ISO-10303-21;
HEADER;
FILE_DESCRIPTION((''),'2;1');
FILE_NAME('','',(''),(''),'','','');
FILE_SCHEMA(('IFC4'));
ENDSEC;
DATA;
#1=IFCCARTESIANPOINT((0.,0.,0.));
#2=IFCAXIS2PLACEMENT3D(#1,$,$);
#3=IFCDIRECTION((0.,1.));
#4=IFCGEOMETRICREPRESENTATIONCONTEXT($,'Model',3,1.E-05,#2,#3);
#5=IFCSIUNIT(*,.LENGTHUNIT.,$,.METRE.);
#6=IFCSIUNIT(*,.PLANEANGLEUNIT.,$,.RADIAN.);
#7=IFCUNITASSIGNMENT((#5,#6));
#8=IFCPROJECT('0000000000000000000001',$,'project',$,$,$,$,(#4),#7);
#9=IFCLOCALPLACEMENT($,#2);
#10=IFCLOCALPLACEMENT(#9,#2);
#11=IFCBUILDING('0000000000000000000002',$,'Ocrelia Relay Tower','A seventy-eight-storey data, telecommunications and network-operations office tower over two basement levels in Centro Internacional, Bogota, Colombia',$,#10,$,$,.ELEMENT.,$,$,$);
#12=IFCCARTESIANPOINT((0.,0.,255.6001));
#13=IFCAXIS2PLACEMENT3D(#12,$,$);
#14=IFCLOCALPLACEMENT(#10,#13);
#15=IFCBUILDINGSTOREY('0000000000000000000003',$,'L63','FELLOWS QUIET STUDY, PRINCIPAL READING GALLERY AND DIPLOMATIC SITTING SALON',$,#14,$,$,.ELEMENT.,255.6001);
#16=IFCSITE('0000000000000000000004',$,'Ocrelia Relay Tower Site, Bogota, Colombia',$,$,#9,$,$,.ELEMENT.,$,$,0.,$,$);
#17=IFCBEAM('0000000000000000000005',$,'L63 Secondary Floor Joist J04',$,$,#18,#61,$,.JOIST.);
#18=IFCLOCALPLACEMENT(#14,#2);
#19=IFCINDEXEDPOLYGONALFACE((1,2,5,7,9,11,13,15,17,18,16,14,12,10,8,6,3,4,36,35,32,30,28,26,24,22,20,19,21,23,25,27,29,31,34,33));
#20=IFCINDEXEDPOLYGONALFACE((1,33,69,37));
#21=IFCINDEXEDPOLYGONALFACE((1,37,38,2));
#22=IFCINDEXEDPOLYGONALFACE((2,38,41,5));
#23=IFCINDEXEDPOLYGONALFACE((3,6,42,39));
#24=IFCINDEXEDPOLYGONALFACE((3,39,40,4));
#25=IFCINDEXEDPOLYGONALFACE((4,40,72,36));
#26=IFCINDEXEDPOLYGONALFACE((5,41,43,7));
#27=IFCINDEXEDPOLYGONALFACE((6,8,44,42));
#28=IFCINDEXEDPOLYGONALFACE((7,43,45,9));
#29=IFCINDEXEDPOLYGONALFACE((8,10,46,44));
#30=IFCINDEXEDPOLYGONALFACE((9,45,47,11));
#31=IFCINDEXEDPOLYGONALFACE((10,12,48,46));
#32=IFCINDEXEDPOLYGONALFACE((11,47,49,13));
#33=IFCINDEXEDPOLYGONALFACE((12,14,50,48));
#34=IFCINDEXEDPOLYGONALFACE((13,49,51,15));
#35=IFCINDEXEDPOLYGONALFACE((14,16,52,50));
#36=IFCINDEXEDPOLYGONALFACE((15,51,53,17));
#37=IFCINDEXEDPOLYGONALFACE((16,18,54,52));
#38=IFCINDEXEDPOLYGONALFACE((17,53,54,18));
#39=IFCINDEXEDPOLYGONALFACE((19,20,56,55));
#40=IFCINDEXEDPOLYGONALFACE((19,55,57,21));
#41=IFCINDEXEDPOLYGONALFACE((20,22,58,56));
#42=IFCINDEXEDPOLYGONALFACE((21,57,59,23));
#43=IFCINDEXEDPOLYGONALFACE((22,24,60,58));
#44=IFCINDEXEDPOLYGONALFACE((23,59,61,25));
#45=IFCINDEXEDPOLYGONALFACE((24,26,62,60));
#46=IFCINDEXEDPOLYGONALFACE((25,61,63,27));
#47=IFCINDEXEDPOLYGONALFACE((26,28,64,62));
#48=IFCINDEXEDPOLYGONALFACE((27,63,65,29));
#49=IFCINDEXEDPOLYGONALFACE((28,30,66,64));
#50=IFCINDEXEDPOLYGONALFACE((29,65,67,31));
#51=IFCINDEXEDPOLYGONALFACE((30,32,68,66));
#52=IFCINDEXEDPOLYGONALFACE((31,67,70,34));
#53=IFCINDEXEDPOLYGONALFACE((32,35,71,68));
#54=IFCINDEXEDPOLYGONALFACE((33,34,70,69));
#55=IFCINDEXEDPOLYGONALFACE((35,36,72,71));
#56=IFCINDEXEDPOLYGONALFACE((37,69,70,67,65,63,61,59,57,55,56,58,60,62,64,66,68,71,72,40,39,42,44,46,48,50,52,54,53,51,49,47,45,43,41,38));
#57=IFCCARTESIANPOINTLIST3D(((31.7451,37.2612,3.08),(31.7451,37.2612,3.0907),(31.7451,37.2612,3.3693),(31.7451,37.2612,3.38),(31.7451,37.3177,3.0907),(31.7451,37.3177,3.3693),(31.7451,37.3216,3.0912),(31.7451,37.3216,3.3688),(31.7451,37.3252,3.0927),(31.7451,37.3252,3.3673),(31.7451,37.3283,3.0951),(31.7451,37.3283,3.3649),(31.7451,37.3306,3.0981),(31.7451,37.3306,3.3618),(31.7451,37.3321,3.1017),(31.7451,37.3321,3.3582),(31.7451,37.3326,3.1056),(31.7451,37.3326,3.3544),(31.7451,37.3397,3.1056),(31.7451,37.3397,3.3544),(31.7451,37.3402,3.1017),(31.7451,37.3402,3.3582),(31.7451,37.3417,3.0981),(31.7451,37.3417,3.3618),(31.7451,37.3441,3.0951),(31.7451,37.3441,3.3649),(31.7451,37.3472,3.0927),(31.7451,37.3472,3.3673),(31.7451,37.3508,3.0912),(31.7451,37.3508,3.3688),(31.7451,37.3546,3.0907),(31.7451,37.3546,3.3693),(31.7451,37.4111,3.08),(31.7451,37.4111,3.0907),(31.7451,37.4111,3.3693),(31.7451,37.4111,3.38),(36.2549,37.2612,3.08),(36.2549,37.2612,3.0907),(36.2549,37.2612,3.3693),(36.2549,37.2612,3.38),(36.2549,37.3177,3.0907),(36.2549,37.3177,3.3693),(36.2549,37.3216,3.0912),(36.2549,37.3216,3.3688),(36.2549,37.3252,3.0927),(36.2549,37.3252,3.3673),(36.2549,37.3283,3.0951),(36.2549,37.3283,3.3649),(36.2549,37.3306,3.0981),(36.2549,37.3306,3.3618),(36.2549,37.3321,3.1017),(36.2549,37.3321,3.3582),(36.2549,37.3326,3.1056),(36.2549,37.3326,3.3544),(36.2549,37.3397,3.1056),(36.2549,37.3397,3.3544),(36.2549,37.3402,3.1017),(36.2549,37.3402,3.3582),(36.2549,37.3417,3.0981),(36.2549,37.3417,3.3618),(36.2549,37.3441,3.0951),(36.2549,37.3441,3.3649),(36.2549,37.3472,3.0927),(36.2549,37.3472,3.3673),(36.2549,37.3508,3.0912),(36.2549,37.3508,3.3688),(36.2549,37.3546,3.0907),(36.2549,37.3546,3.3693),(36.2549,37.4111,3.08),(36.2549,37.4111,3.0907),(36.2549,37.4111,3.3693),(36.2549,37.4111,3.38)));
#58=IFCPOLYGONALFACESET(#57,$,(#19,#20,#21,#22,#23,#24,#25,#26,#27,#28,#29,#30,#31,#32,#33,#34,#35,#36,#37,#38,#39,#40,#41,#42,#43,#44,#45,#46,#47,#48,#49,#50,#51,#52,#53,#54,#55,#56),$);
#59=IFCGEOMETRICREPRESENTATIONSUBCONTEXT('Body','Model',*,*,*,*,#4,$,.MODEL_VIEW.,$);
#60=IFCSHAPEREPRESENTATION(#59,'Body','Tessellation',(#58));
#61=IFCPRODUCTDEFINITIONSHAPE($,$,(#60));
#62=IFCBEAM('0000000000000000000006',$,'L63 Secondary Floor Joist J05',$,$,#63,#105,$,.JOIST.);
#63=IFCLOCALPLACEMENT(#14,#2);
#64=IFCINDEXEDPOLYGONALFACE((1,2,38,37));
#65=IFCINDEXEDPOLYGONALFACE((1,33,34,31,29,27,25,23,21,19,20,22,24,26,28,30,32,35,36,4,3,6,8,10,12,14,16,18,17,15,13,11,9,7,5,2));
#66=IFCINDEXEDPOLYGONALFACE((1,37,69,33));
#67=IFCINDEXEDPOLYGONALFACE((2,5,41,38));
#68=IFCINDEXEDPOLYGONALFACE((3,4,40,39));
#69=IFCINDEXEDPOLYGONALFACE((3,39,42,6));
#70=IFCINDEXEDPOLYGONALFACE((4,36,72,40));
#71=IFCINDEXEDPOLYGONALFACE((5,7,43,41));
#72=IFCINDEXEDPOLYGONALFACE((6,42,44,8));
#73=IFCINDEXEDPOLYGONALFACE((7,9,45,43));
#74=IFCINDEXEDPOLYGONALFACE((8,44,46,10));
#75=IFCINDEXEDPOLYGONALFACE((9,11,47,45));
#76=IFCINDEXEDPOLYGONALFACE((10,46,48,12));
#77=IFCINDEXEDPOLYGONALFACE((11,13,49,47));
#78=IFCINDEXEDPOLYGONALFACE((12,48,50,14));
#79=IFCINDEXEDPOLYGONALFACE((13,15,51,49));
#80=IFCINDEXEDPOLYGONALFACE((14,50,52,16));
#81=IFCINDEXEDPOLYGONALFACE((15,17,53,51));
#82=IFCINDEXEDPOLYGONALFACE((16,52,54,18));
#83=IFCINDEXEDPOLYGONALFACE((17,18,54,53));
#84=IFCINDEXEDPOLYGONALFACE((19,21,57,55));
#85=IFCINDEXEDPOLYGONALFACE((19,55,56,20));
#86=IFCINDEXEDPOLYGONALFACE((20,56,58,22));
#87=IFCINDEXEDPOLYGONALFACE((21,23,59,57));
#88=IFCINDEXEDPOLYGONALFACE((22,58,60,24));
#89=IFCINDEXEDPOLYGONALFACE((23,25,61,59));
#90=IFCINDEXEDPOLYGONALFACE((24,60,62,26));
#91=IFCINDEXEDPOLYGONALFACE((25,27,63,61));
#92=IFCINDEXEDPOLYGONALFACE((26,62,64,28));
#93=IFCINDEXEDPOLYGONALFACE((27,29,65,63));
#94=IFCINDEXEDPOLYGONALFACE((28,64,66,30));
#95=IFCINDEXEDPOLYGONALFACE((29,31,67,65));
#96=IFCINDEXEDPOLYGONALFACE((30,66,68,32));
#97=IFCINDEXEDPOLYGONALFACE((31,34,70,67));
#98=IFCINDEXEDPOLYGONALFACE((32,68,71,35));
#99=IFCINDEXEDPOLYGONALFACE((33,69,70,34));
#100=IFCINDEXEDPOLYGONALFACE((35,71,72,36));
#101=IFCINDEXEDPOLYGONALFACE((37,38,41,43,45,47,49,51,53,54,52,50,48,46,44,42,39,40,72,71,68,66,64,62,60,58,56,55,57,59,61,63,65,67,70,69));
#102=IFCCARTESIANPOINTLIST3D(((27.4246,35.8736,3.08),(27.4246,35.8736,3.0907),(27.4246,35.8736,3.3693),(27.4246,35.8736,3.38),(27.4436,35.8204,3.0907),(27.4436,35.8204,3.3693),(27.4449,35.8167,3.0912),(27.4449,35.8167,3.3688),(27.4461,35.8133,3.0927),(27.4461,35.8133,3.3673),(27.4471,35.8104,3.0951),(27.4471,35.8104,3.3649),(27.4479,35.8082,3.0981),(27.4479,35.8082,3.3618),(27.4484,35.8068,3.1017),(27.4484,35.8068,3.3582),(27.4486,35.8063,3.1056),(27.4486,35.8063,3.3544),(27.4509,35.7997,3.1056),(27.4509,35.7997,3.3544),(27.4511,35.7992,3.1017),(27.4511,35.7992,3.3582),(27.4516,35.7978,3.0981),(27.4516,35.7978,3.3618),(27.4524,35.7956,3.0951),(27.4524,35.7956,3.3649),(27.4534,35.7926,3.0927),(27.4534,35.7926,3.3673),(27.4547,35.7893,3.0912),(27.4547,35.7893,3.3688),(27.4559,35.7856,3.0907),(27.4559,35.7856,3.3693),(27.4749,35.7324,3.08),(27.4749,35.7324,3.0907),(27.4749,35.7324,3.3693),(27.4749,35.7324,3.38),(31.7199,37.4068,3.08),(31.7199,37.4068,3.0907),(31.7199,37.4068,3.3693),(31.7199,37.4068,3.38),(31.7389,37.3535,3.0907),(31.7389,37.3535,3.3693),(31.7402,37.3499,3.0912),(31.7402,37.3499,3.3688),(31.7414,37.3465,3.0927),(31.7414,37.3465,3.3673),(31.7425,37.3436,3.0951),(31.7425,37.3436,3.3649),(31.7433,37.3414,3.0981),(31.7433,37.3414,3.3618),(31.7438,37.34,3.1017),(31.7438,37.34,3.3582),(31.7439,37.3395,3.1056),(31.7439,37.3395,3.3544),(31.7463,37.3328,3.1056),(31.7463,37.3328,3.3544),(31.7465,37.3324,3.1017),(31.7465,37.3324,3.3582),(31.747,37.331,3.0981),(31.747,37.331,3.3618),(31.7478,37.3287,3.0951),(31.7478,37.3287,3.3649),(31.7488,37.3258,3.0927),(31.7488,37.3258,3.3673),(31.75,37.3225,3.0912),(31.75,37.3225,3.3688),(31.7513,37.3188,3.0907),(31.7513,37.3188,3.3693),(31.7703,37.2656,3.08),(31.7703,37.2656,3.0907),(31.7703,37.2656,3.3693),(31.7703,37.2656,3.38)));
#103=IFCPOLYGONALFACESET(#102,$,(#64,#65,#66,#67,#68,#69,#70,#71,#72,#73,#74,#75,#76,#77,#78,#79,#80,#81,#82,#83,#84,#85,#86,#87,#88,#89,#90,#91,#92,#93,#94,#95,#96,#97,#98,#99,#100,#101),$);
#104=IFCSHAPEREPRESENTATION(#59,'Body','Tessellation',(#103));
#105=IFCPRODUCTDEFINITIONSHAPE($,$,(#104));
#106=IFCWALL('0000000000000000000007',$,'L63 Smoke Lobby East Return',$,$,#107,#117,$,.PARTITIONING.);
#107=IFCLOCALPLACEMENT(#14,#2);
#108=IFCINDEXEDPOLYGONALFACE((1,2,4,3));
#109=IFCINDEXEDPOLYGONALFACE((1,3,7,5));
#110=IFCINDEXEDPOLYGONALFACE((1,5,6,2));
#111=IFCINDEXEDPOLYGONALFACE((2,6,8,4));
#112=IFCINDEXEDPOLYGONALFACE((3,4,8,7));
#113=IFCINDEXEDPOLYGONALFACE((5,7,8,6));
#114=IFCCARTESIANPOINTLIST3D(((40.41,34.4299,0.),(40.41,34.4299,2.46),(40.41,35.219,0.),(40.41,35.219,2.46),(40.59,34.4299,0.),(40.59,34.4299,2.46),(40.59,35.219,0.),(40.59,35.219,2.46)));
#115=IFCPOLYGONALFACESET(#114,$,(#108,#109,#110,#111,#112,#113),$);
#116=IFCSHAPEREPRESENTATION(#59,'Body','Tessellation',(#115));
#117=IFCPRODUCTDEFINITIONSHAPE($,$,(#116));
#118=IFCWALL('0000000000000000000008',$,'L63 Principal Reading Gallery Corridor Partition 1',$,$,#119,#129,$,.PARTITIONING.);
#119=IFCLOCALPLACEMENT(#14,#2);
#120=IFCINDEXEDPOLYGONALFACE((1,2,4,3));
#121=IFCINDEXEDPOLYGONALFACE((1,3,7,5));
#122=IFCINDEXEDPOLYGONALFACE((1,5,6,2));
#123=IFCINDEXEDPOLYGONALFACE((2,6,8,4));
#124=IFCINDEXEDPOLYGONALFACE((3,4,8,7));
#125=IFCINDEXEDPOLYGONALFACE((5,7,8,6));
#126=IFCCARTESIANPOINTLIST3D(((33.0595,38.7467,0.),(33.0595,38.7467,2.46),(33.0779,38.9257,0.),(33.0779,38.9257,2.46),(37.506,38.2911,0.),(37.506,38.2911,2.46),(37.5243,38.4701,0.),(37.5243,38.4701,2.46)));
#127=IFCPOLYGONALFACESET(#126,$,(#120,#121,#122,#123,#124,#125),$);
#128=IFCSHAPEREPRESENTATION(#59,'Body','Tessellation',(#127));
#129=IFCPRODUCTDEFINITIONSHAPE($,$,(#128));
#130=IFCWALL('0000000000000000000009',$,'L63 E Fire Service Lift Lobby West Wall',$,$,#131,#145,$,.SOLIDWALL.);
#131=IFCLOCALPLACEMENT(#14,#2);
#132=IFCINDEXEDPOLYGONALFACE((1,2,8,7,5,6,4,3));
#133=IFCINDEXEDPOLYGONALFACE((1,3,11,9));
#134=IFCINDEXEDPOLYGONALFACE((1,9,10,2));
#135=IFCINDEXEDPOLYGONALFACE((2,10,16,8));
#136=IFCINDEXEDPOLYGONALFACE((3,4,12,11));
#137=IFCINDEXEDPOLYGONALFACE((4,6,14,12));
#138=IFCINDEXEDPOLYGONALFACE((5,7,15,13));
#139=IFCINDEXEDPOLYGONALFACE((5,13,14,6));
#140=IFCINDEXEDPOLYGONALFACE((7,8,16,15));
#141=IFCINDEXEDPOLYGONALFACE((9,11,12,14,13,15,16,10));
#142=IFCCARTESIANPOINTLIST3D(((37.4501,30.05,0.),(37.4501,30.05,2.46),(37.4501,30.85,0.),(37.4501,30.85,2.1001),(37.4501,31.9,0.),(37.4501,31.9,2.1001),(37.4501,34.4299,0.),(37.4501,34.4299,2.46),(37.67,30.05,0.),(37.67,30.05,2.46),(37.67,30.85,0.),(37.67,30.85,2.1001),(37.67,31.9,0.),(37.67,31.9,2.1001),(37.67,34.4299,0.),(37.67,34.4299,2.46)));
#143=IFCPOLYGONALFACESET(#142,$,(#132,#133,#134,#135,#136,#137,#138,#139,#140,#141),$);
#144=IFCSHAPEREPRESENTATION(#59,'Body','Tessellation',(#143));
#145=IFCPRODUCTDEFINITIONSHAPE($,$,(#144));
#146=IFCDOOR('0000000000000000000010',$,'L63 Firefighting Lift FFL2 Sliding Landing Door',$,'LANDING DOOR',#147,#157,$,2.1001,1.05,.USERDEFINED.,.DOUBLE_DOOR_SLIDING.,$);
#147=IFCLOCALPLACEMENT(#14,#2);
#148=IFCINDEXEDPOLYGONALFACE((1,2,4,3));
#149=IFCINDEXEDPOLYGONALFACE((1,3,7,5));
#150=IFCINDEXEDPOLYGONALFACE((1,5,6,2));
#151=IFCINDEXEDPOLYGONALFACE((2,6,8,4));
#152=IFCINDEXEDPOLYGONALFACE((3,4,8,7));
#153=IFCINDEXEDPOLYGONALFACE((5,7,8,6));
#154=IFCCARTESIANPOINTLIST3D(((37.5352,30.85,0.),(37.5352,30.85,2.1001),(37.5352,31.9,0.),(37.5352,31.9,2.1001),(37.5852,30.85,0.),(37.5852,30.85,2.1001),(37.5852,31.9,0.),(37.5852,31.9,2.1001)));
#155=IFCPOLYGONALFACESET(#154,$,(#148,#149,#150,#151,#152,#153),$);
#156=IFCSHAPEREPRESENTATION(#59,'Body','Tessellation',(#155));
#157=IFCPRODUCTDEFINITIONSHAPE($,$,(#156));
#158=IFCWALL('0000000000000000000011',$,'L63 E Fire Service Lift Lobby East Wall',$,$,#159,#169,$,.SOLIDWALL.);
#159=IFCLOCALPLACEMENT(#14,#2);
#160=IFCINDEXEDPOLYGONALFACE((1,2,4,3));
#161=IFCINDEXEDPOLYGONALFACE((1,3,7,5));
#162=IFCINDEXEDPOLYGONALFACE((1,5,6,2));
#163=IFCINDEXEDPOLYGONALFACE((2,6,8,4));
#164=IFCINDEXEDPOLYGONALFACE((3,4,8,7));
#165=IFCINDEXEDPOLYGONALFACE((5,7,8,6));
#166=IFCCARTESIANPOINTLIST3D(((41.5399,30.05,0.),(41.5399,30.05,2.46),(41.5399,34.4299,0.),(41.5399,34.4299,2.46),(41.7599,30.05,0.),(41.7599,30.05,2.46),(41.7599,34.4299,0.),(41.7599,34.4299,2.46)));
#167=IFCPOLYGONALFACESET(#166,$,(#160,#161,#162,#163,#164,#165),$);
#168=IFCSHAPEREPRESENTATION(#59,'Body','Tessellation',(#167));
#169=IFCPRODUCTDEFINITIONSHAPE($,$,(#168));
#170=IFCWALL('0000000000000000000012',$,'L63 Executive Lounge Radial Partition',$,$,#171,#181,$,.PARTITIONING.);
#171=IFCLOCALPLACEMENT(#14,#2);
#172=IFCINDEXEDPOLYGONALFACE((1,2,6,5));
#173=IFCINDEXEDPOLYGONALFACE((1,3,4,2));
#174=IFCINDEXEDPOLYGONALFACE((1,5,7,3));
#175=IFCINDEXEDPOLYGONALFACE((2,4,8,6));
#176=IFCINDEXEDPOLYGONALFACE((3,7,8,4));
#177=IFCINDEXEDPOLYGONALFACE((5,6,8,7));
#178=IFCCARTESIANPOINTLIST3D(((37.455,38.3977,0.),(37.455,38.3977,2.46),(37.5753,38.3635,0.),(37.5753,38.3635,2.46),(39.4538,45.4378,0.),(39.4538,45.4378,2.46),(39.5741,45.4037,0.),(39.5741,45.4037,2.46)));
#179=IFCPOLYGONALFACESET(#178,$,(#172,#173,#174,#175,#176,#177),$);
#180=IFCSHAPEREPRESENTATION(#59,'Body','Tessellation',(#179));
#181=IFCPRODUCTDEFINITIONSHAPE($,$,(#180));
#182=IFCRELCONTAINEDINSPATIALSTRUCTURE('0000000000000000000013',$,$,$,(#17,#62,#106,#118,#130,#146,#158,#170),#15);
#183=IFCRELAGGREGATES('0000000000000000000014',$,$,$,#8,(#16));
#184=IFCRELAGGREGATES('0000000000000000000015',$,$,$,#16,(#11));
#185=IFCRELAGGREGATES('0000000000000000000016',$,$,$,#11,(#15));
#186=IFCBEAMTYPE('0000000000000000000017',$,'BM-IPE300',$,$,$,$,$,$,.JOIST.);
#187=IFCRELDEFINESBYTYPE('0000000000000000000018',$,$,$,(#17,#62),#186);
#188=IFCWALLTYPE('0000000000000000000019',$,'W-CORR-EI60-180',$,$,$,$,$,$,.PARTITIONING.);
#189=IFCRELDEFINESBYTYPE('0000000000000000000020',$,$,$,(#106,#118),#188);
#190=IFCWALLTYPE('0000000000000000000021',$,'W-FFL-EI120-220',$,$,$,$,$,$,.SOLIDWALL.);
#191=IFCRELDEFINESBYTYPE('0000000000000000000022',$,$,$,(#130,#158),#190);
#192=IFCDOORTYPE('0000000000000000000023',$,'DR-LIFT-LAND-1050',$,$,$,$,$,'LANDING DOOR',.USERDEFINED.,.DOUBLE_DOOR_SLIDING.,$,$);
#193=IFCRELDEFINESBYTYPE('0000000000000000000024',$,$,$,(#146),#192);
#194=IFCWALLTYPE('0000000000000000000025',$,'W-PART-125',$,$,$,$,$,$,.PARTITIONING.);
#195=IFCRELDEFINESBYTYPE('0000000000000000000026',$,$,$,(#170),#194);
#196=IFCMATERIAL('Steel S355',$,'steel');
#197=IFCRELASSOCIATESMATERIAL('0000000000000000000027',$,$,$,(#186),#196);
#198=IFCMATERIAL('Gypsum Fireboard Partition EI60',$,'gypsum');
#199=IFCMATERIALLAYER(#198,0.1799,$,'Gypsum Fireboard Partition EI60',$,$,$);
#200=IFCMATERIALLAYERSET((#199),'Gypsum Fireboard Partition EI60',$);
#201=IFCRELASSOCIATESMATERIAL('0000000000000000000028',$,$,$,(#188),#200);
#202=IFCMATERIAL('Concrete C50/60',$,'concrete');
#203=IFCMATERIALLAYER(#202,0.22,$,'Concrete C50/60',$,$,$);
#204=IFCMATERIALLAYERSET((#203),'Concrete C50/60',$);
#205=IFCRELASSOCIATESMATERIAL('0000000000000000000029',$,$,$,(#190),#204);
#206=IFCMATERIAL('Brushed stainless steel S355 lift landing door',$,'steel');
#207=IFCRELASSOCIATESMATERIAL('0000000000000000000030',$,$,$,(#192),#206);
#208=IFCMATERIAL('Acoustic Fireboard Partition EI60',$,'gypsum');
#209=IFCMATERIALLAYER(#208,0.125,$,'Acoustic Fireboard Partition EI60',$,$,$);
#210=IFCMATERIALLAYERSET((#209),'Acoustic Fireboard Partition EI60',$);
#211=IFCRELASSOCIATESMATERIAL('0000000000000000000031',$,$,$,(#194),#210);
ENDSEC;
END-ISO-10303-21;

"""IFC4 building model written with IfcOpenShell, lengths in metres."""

from ifc_helpers import new_model, si_unit, direction, frame, frame_2d, origin, origin_2d, place, context, subcontext, project, spatial, rectangle, i_section, extrude, material, layer, layer_set, material_profile, profile_set, type_object, element, fill, save


model = new_model("IFC4")

# Units and contexts
model_context = context("Model", 3, precision=1e-05, world=origin(), true_north=direction((0.0, 1.0)))
body_context = subcontext(model_context, "Body", "Model", "MODEL_VIEW")
ifc_project = project(units=[si_unit("LENGTHUNIT", "METRE"), si_unit("PLANEANGLEUNIT", "RADIAN")], contexts=[model_context])

# Site, building, storey
site_placement = place(None, origin())
site = spatial("IfcSite", under=ifc_project, at=site_placement, Name="Ocrelia Relay Tower Site, Bogota, Colombia", CompositionType="ELEMENT", RefElevation=0.0)
building_placement = place(site_placement, origin())
building = spatial("IfcBuilding", under=site, at=building_placement, Name="Ocrelia Relay Tower", Description="A seventy-eight-storey data, telecommunications and network-operations office tower over two basement levels in Centro Internacional, Bogota, Colombia", CompositionType="ELEMENT")
storey_placement = place(building_placement, frame((0.0, 0.0, 255.6001)))
storey = spatial("IfcBuildingStorey", under=building, at=storey_placement, Name="L63", Description="FELLOWS QUIET STUDY, PRINCIPAL READING GALLERY AND DIPLOMATIC SITTING SALON", CompositionType="ELEMENT", Elevation=255.6001)

# Shared definitions
ifc_material_1 = material(Name="Concrete C50/60", Category="concrete")

# Beams
ifc_material_2 = material(Name="Steel S355", Category="steel")
ifc_material_profile_1 = material_profile(ifc_material_2, i_section(OverallWidth=0.1499, OverallDepth=0.3, WebThickness=0.0071, FlangeThickness=0.0107, FilletRadius=0.0149, at=origin_2d()), Name="IPE 300")
ifc_profile_set_1 = profile_set([ifc_material_profile_1], Name="Steel S355")
beam_type_1 = type_object("IfcBeamType", Name="BM-IPE300", PredefinedType="JOIST", material=ifc_profile_set_1)
beam_1_placement = place(storey_placement, frame((36.2549, 37.3362, 3.23), z_axis=(-1.0, 0.0, 0.0), x_axis=(0.0, -1.0, 0.0)))
element("IfcBeam", 1, at=beam_1_placement, inside=storey, type_object=beam_type_1, Name="L63 Secondary Floor Joist J04", PredefinedType="JOIST", context=body_context, shape_type="SweptSolid", body=[
    extrude(i_section(OverallWidth=0.1499, OverallDepth=0.3, WebThickness=0.0071, FlangeThickness=0.0107, FilletRadius=0.0149, at=origin_2d()), origin(), (0.0, 0.0, 1.0), 4.5098),
])
beam_2_placement = place(storey_placement, frame((31.7451, 37.3362, 3.23), z_axis=(-0.941802, -0.336167, 0.0), x_axis=(0.336167, -0.941802, 0.0)))
element("IfcBeam", 2, at=beam_2_placement, inside=storey, type_object=beam_type_1, Name="L63 Secondary Floor Joist J05", PredefinedType="JOIST", context=body_context, shape_type="SweptSolid", body=[
    extrude(i_section(OverallWidth=0.1499, OverallDepth=0.3, WebThickness=0.0071, FlangeThickness=0.0107, FilletRadius=0.0149, at=origin_2d()), origin(), (0.0, 0.0, 1.0), 4.5608),
])

# Wall
ifc_material_3 = material(Name="Gypsum Fireboard Partition EI60", Category="gypsum")
ifc_layer_1 = layer(ifc_material_3, 0.1799, Name="Gypsum Fireboard Partition EI60")
ifc_layer_set_1 = layer_set([ifc_layer_1], Name="Gypsum Fireboard Partition EI60")
wall_type_1 = type_object("IfcWallType", Name="W-CORR-EI60-180", PredefinedType="PARTITIONING", material=ifc_layer_set_1)
wall_1_placement = place(storey_placement, frame((40.5, 35.219, 0.0), z_axis=(0.0, 0.0, 1.0), x_axis=(0.0, -1.0, 0.0)))
element("IfcWall", 3, at=wall_1_placement, inside=storey, type_object=wall_type_1, Name="L63 Smoke Lobby East Return", PredefinedType="PARTITIONING", context=body_context, shape_type="SweptSolid", body=[
    extrude(rectangle(XDim=0.7891, YDim=0.1799, at=frame_2d((0.3945, 0.0))), origin(), (0.0, 0.0, 1.0), 2.46),
])

# Wall
wall_2_placement = place(storey_placement, frame((37.5151, 38.3806, 0.0), z_axis=(0.0, 0.0, 1.0), x_axis=(-0.994793, 0.101921, 0.0)))
element("IfcWall", 4, at=wall_2_placement, inside=storey, type_object=wall_type_1, Name="L63 Principal Reading Gallery Corridor Partition 1", PredefinedType="PARTITIONING", context=body_context, shape_type="SweptSolid", body=[
    extrude(rectangle(XDim=4.4697, YDim=0.1799, at=frame_2d((2.2349, 0.0))), origin(), (0.0, 0.0, 1.0), 2.46),
])

# Wall, opening, door
ifc_layer_2 = layer(ifc_material_1, 0.22, Name="Concrete C50/60")
ifc_layer_set_2 = layer_set([ifc_layer_2], Name="Concrete C50/60")
wall_type_2 = type_object("IfcWallType", Name="W-FFL-EI120-220", PredefinedType="SOLIDWALL", material=ifc_layer_set_2)
wall_3_placement = place(storey_placement, frame((37.5601, 30.05, 0.0), z_axis=(0.0, 0.0, 1.0), x_axis=(0.0, 1.0, 0.0)))
wall_3 = element("IfcWall", 5, at=wall_3_placement, inside=storey, type_object=wall_type_2, Name="L63 E Fire Service Lift Lobby West Wall", PredefinedType="SOLIDWALL", context=body_context, shape_type="SweptSolid", body=[
    extrude(rectangle(XDim=4.3799, YDim=0.22, at=frame_2d((2.1899, 0.0))), origin(), (0.0, 0.0, 1.0), 2.46),
])
opening_1_placement = place(wall_3_placement, frame((0.8, 0.0, 0.0)))
opening_1 = element("IfcOpeningElement", 6, at=opening_1_placement, cuts=wall_3, PredefinedType="OPENING", context=body_context, shape_type="SweptSolid", body=[
    extrude(rectangle(XDim=1.05, YDim=2.1001, at=frame_2d((0.5249, 1.05))), frame((0.0, 0.1201, 0.0), z_axis=(0.0, -1.0, 0.0), x_axis=(1.0, 0.0, 0.0)), (0.0, 0.0, 1.0), 0.24),
])
ifc_material_4 = material(Name="Brushed stainless steel S355 lift landing door", Category="steel")
door_type_1 = type_object("IfcDoorType", Name="DR-LIFT-LAND-1050", ElementType="LANDING DOOR", OperationType="DOUBLE_DOOR_SLIDING", PredefinedType="USERDEFINED", material=ifc_material_4)
door_1_placement = place(opening_1_placement, origin())
door_1 = element("IfcDoor", 7, at=door_1_placement, inside=storey, type_object=door_type_1, Name="L63 Firefighting Lift FFL2 Sliding Landing Door", ObjectType="LANDING DOOR", OperationType="DOUBLE_DOOR_SLIDING", OverallHeight=2.1001, OverallWidth=1.05, PredefinedType="USERDEFINED", context=body_context, shape_type="SweptSolid", body=[
    extrude(rectangle(XDim=1.05, YDim=2.1001, at=frame_2d((0.5249, 1.05))), frame((0.0, 0.0249, 0.0), z_axis=(0.0, -1.0, 0.0), x_axis=(1.0, 0.0, 0.0)), (0.0, 0.0, 1.0), 0.05),
])
fill(opening_1, door_1)

# Wall
wall_4_placement = place(storey_placement, frame((41.6499, 30.05, 0.0), z_axis=(0.0, 0.0, 1.0), x_axis=(0.0, 1.0, 0.0)))
element("IfcWall", 8, at=wall_4_placement, inside=storey, type_object=wall_type_2, Name="L63 E Fire Service Lift Lobby East Wall", PredefinedType="SOLIDWALL", context=body_context, shape_type="SweptSolid", body=[
    extrude(rectangle(XDim=4.3799, YDim=0.22, at=frame_2d((2.1899, 0.0))), origin(), (0.0, 0.0, 1.0), 2.46),
])

# Wall
ifc_material_5 = material(Name="Acoustic Fireboard Partition EI60", Category="gypsum")
ifc_layer_3 = layer(ifc_material_5, 0.125, Name="Acoustic Fireboard Partition EI60")
ifc_layer_set_3 = layer_set([ifc_layer_3], Name="Acoustic Fireboard Partition EI60")
wall_type_3 = type_object("IfcWallType", Name="W-PART-125", PredefinedType="PARTITIONING", material=ifc_layer_set_3)
wall_5_placement = place(storey_placement, frame((37.5151, 38.3806, 0.0), z_axis=(0.0, 0.0, 1.0), x_axis=(0.273121, 0.96198, 0.0)))
element("IfcWall", 9, at=wall_5_placement, inside=storey, type_object=wall_type_3, Name="L63 Executive Lounge Radial Partition", PredefinedType="PARTITIONING", context=body_context, shape_type="SweptSolid", body=[
    extrude(rectangle(XDim=7.3184, YDim=0.125, at=frame_2d((3.6592, 0.0))), origin(), (0.0, 0.0, 1.0), 2.46),
])

save(model, "model.ifc")
